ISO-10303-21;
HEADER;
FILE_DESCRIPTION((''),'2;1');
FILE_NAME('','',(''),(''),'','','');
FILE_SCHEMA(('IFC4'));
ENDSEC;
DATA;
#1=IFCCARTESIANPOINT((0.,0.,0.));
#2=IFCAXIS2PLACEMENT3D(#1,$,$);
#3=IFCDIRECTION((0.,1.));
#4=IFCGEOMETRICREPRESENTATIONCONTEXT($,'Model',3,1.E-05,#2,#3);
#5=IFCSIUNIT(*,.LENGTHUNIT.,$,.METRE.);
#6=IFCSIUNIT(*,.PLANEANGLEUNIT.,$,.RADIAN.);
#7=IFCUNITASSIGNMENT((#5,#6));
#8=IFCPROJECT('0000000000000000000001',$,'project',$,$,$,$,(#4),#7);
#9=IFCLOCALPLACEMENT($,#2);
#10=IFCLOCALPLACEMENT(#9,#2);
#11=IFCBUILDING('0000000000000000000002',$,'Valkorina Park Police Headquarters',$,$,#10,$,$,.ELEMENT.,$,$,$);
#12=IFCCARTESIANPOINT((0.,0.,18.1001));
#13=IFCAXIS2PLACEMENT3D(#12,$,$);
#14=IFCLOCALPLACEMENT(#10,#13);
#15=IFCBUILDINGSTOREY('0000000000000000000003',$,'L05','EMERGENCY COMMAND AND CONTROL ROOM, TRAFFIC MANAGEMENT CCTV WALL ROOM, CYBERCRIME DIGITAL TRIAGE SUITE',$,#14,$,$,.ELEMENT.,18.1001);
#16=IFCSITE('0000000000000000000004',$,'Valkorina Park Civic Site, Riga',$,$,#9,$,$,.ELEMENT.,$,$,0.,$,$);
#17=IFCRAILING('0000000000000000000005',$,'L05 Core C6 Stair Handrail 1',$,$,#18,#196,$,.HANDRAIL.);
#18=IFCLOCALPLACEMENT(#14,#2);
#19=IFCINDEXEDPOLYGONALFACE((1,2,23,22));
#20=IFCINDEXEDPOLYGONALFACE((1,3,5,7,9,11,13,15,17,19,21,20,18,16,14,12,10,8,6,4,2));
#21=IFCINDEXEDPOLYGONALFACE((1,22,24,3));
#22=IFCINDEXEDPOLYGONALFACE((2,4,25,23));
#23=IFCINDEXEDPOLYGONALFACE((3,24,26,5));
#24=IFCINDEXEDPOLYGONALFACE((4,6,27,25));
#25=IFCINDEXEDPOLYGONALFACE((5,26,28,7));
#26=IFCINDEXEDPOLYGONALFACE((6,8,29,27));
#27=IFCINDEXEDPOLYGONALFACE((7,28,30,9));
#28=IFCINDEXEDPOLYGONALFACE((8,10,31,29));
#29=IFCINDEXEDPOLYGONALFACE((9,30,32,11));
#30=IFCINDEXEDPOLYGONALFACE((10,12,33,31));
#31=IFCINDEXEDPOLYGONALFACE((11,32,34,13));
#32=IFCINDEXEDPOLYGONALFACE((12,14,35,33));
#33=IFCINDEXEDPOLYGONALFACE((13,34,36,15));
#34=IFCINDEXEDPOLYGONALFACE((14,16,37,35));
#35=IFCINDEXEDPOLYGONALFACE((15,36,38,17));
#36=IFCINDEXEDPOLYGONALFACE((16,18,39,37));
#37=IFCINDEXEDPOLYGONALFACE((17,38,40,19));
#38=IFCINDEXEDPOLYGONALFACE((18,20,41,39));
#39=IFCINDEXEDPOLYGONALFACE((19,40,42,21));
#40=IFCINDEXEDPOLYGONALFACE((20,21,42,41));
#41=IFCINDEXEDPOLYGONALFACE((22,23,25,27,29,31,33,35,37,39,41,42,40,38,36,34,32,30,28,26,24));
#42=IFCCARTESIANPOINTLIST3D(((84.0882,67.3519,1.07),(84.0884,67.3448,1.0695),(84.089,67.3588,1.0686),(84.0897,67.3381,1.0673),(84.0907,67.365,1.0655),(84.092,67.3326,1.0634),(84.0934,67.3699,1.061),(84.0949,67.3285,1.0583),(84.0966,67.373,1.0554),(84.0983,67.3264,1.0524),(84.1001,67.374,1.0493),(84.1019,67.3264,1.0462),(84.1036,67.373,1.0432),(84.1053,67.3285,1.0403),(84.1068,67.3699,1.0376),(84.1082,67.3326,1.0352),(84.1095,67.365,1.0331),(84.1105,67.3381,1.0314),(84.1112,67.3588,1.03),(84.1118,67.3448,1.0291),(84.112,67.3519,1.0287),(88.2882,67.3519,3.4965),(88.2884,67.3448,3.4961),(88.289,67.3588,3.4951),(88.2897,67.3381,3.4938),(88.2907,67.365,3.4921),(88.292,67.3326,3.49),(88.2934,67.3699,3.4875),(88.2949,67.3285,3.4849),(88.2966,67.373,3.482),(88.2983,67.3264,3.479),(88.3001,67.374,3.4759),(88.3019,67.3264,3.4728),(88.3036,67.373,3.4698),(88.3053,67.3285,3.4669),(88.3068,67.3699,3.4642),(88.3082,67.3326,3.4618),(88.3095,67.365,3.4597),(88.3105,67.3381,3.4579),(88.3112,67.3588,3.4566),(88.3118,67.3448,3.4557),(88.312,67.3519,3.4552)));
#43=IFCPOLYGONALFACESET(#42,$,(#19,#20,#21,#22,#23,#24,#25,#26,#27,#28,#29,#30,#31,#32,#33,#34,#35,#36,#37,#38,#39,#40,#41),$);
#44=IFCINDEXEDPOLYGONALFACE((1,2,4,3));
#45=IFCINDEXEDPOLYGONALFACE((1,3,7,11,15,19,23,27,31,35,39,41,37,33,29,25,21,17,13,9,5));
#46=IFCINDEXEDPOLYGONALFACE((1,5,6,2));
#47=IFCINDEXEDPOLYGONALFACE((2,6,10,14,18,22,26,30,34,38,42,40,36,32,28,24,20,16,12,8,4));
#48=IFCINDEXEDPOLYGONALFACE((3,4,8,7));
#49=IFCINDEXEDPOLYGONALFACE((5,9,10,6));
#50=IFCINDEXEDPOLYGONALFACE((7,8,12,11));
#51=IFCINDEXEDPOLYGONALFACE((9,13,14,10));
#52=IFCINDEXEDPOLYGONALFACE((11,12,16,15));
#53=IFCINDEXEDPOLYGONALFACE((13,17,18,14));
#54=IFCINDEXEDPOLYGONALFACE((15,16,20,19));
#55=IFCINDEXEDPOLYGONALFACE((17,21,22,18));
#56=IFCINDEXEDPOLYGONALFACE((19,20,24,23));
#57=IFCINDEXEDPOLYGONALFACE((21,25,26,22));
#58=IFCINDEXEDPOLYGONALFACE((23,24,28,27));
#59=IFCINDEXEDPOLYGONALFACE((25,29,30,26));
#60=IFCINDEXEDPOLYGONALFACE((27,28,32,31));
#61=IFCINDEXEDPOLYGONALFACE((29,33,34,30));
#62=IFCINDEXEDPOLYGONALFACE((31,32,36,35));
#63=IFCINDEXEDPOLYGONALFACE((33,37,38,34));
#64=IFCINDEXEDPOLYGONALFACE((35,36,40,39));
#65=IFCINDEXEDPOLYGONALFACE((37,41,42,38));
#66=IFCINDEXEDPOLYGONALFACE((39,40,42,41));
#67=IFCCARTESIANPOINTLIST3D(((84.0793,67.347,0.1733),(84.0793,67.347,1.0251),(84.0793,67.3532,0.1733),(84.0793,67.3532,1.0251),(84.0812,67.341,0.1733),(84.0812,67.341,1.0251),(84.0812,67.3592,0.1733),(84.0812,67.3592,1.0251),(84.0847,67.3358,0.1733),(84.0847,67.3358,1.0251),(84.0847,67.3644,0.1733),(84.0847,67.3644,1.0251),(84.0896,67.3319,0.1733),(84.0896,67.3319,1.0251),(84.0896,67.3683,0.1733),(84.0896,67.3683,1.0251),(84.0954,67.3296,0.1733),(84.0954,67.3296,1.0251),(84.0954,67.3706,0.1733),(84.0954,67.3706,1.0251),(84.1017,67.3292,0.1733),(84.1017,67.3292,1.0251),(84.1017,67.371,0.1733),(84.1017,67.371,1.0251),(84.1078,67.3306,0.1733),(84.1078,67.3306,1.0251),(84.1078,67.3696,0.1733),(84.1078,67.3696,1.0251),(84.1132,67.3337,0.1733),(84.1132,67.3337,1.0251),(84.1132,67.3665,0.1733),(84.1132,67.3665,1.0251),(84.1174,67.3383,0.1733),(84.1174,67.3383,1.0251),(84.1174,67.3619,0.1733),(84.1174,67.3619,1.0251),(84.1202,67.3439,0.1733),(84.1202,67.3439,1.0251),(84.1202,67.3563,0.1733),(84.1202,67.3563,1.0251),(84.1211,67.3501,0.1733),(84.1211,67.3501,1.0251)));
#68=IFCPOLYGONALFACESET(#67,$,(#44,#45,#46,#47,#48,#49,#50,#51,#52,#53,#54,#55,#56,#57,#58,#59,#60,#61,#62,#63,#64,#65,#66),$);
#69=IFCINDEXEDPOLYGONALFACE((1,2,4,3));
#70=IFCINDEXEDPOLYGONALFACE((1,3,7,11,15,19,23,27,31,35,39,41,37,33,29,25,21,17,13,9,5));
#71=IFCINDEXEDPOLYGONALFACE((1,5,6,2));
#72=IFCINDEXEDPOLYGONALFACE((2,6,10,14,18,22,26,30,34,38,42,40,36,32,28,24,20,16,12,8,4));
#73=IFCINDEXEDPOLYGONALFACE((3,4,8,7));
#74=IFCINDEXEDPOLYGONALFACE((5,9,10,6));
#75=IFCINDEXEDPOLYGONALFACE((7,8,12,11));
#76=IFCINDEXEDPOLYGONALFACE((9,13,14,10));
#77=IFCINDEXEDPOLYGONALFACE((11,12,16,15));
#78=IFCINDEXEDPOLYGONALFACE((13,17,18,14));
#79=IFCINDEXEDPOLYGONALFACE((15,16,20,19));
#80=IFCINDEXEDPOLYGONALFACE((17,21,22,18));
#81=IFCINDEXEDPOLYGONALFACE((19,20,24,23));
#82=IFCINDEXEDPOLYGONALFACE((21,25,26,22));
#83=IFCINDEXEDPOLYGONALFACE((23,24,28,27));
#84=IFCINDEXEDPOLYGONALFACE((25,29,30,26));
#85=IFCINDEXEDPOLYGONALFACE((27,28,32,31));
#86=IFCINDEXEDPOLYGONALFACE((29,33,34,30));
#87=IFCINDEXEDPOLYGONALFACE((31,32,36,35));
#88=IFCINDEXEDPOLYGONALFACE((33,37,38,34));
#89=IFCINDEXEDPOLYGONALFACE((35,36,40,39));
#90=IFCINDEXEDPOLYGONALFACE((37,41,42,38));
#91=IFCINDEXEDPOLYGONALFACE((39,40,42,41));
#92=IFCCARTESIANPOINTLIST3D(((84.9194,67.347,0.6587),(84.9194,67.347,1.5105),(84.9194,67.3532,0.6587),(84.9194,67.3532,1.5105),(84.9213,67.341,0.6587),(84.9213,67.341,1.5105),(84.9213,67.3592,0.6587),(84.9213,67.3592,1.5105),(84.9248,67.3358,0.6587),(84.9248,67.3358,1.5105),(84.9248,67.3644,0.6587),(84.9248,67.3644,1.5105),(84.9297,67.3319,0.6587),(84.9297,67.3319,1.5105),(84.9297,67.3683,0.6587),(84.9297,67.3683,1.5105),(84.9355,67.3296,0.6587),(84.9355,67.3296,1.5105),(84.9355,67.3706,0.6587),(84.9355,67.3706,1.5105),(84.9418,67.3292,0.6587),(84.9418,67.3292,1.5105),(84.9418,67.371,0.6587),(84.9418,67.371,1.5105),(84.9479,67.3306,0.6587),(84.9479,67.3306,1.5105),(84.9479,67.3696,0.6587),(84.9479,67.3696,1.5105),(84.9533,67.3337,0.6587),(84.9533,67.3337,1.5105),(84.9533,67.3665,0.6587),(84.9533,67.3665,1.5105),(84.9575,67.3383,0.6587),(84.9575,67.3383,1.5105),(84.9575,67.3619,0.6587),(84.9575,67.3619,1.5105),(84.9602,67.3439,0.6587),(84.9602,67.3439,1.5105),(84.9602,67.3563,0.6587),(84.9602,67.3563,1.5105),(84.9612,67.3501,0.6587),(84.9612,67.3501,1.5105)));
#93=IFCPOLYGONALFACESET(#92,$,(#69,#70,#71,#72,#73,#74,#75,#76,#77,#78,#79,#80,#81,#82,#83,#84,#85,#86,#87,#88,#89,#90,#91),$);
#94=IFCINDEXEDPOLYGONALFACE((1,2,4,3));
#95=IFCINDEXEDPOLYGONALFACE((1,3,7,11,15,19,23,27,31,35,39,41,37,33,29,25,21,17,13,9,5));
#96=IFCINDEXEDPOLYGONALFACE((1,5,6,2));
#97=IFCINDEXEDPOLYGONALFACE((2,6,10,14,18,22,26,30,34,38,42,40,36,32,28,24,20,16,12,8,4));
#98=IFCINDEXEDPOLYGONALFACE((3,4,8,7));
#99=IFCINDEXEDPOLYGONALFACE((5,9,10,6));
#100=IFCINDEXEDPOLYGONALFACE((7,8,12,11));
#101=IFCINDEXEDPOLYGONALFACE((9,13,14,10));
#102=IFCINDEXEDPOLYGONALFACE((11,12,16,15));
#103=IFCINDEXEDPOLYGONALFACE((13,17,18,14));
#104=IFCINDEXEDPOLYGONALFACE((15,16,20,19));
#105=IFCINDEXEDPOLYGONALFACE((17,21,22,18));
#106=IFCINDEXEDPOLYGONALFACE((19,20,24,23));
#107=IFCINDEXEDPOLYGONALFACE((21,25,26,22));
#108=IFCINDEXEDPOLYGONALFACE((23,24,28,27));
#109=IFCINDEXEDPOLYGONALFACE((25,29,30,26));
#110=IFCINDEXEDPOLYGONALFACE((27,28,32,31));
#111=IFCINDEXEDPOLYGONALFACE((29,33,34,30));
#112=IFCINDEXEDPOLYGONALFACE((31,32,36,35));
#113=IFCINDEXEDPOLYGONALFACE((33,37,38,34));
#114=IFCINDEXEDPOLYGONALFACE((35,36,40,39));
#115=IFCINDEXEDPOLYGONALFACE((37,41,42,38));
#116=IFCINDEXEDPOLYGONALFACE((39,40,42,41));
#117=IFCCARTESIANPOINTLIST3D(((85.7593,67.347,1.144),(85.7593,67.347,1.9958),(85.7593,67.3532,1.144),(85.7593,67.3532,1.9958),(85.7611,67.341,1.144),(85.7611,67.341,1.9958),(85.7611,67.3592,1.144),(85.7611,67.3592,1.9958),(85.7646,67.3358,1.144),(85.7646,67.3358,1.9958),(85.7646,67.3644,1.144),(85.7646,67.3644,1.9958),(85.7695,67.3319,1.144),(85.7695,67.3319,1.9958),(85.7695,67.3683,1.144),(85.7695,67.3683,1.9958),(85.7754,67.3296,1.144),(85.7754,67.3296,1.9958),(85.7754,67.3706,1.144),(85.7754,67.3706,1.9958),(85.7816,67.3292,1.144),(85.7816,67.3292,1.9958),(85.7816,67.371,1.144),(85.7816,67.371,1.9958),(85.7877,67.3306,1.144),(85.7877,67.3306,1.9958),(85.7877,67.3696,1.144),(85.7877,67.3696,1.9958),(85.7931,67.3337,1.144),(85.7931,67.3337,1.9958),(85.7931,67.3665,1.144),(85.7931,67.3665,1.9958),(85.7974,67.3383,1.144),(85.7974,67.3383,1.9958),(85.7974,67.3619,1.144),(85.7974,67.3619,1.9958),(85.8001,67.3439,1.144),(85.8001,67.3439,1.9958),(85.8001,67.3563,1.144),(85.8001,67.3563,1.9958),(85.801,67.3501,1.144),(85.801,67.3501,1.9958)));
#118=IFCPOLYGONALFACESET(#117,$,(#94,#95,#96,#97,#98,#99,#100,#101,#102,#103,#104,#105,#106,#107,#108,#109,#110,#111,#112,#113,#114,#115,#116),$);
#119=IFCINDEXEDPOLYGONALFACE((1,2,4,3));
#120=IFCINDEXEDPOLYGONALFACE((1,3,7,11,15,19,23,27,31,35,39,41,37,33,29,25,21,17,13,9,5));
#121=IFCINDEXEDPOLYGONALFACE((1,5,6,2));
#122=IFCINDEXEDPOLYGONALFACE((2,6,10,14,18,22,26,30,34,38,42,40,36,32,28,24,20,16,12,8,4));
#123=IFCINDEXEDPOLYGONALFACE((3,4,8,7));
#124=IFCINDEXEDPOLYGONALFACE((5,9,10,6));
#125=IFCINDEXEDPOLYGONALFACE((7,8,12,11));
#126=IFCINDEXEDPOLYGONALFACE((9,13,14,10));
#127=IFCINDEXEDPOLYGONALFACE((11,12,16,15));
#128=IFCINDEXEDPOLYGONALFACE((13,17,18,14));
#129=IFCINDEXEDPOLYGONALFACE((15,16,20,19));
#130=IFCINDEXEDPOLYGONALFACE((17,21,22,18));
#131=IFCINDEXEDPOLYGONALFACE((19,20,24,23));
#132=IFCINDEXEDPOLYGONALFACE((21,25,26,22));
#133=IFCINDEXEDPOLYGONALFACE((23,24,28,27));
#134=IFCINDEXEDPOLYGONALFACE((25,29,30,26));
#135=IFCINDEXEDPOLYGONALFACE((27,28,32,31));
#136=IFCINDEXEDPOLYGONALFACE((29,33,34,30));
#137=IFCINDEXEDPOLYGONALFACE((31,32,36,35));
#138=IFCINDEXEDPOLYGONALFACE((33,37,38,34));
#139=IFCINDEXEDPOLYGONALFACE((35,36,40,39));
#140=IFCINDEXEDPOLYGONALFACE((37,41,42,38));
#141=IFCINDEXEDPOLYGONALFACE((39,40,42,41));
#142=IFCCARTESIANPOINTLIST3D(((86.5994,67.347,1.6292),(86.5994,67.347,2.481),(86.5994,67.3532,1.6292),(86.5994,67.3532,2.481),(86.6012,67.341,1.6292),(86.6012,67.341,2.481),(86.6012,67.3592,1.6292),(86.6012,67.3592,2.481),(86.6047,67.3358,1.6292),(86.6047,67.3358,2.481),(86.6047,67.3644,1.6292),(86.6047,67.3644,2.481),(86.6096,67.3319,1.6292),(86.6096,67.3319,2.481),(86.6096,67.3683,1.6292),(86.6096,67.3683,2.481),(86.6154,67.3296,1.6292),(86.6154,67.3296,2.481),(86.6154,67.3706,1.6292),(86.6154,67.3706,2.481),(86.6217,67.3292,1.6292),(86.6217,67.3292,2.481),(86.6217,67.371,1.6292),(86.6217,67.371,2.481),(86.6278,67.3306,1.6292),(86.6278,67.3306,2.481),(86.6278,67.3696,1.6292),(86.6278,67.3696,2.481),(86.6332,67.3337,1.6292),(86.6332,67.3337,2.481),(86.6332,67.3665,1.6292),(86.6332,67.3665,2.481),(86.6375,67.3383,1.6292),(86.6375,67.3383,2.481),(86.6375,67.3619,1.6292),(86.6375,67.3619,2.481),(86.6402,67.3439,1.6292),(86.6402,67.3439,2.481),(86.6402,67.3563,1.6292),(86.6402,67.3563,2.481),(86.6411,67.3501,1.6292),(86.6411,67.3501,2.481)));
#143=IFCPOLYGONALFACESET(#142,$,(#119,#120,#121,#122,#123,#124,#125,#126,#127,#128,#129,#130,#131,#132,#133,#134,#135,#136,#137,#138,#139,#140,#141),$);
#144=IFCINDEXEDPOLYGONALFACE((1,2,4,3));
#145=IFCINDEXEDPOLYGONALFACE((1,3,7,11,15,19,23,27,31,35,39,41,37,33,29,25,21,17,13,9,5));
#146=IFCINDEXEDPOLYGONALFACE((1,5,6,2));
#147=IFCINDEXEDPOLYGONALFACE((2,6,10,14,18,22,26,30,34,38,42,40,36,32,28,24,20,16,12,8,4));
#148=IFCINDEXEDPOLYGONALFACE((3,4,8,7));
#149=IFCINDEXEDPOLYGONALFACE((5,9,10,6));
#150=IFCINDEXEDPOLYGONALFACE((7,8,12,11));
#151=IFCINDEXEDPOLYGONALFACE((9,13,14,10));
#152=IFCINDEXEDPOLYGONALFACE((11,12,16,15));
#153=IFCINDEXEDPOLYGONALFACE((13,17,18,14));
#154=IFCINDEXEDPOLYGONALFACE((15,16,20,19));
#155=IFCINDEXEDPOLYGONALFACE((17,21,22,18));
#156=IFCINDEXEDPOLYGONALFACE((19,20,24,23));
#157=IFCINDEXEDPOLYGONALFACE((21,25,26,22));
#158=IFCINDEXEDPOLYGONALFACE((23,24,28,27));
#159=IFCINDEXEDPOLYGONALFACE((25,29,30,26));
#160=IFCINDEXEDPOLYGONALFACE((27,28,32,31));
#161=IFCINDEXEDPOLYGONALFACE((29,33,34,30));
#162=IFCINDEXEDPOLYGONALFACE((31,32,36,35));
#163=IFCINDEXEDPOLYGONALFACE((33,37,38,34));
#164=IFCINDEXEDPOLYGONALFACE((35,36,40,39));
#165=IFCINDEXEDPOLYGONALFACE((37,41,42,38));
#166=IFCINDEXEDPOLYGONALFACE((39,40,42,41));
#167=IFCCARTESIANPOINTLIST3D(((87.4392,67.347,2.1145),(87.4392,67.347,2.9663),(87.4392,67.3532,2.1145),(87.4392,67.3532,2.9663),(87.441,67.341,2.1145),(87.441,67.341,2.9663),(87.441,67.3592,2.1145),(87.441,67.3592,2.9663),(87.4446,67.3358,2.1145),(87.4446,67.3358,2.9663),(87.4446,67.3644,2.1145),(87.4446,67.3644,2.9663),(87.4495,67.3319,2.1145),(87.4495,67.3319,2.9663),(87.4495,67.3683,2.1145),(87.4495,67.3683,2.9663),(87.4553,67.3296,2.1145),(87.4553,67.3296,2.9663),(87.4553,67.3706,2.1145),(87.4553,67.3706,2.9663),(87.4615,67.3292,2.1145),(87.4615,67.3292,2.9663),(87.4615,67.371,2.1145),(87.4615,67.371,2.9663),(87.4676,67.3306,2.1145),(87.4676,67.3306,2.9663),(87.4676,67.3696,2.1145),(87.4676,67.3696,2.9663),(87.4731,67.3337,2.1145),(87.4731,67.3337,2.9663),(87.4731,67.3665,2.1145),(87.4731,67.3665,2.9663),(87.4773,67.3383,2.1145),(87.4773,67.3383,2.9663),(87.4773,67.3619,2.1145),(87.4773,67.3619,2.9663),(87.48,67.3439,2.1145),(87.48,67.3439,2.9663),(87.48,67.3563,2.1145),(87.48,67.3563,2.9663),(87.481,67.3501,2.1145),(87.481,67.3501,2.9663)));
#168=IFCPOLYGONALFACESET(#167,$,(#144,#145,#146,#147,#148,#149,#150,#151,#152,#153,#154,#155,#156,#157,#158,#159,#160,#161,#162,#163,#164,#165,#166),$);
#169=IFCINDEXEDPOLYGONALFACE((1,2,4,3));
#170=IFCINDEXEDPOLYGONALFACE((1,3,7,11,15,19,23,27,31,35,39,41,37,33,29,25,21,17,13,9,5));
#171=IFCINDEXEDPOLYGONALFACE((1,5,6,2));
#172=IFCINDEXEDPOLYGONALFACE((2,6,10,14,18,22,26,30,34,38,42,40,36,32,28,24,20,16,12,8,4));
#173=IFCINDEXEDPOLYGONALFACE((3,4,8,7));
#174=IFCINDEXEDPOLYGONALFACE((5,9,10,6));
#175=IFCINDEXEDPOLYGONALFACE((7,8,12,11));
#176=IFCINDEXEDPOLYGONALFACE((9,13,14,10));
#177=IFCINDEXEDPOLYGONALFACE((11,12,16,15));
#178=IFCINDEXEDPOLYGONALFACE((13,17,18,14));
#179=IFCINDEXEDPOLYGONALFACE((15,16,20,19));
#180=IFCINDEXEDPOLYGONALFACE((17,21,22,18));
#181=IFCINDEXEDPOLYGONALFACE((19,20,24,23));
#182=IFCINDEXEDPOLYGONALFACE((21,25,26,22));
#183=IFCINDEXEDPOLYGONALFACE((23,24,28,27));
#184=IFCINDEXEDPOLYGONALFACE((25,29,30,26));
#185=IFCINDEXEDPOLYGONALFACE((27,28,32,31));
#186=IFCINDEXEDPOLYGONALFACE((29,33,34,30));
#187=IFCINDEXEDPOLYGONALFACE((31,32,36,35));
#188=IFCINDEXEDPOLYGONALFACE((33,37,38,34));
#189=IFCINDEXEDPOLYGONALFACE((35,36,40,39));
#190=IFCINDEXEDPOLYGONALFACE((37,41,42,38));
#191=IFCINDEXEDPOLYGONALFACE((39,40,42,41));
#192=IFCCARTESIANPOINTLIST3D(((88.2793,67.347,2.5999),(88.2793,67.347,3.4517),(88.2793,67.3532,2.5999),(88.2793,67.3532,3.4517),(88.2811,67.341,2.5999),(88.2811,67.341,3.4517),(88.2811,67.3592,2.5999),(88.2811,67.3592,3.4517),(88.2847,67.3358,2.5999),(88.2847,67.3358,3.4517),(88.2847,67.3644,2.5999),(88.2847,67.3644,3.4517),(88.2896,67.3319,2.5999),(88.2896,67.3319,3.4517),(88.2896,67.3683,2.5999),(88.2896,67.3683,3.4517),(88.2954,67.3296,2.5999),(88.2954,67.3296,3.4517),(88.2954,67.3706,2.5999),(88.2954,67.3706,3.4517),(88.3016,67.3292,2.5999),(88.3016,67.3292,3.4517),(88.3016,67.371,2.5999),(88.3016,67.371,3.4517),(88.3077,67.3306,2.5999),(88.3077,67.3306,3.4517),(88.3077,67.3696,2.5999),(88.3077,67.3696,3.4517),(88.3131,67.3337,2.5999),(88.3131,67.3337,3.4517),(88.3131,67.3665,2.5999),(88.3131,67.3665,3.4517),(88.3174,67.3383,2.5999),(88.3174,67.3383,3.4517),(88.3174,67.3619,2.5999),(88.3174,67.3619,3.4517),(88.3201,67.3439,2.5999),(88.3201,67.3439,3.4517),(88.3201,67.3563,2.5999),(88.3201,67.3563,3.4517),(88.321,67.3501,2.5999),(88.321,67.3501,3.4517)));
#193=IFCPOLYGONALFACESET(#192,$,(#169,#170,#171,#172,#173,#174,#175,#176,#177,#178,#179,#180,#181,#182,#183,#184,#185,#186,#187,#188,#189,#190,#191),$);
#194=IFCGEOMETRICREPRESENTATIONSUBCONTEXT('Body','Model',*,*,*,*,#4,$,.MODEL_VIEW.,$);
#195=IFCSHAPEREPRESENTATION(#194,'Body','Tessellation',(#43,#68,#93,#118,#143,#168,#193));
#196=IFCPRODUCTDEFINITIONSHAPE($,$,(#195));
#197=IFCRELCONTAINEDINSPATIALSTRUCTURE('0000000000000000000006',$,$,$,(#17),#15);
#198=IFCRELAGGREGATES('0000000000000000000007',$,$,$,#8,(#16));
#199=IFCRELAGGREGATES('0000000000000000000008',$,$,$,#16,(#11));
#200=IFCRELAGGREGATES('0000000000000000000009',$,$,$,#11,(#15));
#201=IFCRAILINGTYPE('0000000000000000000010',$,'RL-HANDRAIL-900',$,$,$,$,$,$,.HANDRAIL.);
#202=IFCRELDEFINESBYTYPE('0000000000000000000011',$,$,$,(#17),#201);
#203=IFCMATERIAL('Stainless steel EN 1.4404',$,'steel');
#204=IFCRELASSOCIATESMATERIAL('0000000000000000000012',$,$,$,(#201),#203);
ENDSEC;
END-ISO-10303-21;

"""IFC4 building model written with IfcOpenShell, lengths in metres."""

from ifc_helpers import new_model, si_unit, direction, frame, origin, origin_2d, place, context, subcontext, project, spatial, circle, extrude, material, type_object, element, save


model = new_model("IFC4")

# Units and contexts
model_context = context("Model", 3, precision=1e-05, world=origin(), true_north=direction((0.0, 1.0)))
body_context = subcontext(model_context, "Body", "Model", "MODEL_VIEW")
ifc_project = project(units=[si_unit("LENGTHUNIT", "METRE"), si_unit("PLANEANGLEUNIT", "RADIAN")], contexts=[model_context])

# Site, building, storey
site_placement = place(None, origin())
site = spatial("IfcSite", under=ifc_project, at=site_placement, Name="Valkorina Park Civic Site, Riga", CompositionType="ELEMENT", RefElevation=0.0)
building_placement = place(site_placement, origin())
building = spatial("IfcBuilding", under=site, at=building_placement, Name="Valkorina Park Police Headquarters", CompositionType="ELEMENT")
storey_placement = place(building_placement, frame((0.0, 0.0, 18.1001)))
storey = spatial("IfcBuildingStorey", under=building, at=storey_placement, Name="L05", Description="EMERGENCY COMMAND AND CONTROL ROOM, TRAFFIC MANAGEMENT CCTV WALL ROOM, CYBERCRIME DIGITAL TRIAGE SUITE", CompositionType="ELEMENT", Elevation=18.1001)

# Railing
ifc_material_1 = material(Name="Stainless steel EN 1.4404", Category="steel")
railing_type_1 = type_object("IfcRailingType", Name="RL-HANDRAIL-900", PredefinedType="HANDRAIL", material=ifc_material_1)
railing_1_placement = place(storey_placement, frame((84.1001, 67.3501, 0.1733)))
element("IfcRailing", 1, at=railing_1_placement, inside=storey, type_object=railing_type_1, Name="L05 Core C6 Stair Handrail 1", PredefinedType="HANDRAIL", context=body_context, shape_type="SweptSolid", body=[
    extrude(circle(Radius=0.0239, at=origin_2d()), frame((0.0, 0.0, 0.876), z_axis=(0.865876, 0.0, 0.500258), x_axis=(0.0, 1.0, 0.0)), (0.0, 0.0, 1.0), 4.8506),
    extrude(circle(Radius=0.021, at=origin_2d()), origin(), (0.0, 0.0, 1.0), 0.8518),
    extrude(circle(Radius=0.021, at=origin_2d()), frame((0.8401, 0.0, 0.4854)), (0.0, 0.0, 1.0), 0.8518),
    extrude(circle(Radius=0.021, at=origin_2d()), frame((1.6799, 0.0, 0.9707)), (0.0, 0.0, 1.0), 0.8518),
    extrude(circle(Radius=0.021, at=origin_2d()), frame((2.52, 0.0, 1.4558)), (0.0, 0.0, 1.0), 0.8518),
    extrude(circle(Radius=0.021, at=origin_2d()), frame((3.3599, 0.0, 1.9412)), (0.0, 0.0, 1.0), 0.8518),
    extrude(circle(Radius=0.021, at=origin_2d()), frame((4.2, 0.0, 2.4265)), (0.0, 0.0, 1.0), 0.8518),
])

save(model, "model.ifc")
